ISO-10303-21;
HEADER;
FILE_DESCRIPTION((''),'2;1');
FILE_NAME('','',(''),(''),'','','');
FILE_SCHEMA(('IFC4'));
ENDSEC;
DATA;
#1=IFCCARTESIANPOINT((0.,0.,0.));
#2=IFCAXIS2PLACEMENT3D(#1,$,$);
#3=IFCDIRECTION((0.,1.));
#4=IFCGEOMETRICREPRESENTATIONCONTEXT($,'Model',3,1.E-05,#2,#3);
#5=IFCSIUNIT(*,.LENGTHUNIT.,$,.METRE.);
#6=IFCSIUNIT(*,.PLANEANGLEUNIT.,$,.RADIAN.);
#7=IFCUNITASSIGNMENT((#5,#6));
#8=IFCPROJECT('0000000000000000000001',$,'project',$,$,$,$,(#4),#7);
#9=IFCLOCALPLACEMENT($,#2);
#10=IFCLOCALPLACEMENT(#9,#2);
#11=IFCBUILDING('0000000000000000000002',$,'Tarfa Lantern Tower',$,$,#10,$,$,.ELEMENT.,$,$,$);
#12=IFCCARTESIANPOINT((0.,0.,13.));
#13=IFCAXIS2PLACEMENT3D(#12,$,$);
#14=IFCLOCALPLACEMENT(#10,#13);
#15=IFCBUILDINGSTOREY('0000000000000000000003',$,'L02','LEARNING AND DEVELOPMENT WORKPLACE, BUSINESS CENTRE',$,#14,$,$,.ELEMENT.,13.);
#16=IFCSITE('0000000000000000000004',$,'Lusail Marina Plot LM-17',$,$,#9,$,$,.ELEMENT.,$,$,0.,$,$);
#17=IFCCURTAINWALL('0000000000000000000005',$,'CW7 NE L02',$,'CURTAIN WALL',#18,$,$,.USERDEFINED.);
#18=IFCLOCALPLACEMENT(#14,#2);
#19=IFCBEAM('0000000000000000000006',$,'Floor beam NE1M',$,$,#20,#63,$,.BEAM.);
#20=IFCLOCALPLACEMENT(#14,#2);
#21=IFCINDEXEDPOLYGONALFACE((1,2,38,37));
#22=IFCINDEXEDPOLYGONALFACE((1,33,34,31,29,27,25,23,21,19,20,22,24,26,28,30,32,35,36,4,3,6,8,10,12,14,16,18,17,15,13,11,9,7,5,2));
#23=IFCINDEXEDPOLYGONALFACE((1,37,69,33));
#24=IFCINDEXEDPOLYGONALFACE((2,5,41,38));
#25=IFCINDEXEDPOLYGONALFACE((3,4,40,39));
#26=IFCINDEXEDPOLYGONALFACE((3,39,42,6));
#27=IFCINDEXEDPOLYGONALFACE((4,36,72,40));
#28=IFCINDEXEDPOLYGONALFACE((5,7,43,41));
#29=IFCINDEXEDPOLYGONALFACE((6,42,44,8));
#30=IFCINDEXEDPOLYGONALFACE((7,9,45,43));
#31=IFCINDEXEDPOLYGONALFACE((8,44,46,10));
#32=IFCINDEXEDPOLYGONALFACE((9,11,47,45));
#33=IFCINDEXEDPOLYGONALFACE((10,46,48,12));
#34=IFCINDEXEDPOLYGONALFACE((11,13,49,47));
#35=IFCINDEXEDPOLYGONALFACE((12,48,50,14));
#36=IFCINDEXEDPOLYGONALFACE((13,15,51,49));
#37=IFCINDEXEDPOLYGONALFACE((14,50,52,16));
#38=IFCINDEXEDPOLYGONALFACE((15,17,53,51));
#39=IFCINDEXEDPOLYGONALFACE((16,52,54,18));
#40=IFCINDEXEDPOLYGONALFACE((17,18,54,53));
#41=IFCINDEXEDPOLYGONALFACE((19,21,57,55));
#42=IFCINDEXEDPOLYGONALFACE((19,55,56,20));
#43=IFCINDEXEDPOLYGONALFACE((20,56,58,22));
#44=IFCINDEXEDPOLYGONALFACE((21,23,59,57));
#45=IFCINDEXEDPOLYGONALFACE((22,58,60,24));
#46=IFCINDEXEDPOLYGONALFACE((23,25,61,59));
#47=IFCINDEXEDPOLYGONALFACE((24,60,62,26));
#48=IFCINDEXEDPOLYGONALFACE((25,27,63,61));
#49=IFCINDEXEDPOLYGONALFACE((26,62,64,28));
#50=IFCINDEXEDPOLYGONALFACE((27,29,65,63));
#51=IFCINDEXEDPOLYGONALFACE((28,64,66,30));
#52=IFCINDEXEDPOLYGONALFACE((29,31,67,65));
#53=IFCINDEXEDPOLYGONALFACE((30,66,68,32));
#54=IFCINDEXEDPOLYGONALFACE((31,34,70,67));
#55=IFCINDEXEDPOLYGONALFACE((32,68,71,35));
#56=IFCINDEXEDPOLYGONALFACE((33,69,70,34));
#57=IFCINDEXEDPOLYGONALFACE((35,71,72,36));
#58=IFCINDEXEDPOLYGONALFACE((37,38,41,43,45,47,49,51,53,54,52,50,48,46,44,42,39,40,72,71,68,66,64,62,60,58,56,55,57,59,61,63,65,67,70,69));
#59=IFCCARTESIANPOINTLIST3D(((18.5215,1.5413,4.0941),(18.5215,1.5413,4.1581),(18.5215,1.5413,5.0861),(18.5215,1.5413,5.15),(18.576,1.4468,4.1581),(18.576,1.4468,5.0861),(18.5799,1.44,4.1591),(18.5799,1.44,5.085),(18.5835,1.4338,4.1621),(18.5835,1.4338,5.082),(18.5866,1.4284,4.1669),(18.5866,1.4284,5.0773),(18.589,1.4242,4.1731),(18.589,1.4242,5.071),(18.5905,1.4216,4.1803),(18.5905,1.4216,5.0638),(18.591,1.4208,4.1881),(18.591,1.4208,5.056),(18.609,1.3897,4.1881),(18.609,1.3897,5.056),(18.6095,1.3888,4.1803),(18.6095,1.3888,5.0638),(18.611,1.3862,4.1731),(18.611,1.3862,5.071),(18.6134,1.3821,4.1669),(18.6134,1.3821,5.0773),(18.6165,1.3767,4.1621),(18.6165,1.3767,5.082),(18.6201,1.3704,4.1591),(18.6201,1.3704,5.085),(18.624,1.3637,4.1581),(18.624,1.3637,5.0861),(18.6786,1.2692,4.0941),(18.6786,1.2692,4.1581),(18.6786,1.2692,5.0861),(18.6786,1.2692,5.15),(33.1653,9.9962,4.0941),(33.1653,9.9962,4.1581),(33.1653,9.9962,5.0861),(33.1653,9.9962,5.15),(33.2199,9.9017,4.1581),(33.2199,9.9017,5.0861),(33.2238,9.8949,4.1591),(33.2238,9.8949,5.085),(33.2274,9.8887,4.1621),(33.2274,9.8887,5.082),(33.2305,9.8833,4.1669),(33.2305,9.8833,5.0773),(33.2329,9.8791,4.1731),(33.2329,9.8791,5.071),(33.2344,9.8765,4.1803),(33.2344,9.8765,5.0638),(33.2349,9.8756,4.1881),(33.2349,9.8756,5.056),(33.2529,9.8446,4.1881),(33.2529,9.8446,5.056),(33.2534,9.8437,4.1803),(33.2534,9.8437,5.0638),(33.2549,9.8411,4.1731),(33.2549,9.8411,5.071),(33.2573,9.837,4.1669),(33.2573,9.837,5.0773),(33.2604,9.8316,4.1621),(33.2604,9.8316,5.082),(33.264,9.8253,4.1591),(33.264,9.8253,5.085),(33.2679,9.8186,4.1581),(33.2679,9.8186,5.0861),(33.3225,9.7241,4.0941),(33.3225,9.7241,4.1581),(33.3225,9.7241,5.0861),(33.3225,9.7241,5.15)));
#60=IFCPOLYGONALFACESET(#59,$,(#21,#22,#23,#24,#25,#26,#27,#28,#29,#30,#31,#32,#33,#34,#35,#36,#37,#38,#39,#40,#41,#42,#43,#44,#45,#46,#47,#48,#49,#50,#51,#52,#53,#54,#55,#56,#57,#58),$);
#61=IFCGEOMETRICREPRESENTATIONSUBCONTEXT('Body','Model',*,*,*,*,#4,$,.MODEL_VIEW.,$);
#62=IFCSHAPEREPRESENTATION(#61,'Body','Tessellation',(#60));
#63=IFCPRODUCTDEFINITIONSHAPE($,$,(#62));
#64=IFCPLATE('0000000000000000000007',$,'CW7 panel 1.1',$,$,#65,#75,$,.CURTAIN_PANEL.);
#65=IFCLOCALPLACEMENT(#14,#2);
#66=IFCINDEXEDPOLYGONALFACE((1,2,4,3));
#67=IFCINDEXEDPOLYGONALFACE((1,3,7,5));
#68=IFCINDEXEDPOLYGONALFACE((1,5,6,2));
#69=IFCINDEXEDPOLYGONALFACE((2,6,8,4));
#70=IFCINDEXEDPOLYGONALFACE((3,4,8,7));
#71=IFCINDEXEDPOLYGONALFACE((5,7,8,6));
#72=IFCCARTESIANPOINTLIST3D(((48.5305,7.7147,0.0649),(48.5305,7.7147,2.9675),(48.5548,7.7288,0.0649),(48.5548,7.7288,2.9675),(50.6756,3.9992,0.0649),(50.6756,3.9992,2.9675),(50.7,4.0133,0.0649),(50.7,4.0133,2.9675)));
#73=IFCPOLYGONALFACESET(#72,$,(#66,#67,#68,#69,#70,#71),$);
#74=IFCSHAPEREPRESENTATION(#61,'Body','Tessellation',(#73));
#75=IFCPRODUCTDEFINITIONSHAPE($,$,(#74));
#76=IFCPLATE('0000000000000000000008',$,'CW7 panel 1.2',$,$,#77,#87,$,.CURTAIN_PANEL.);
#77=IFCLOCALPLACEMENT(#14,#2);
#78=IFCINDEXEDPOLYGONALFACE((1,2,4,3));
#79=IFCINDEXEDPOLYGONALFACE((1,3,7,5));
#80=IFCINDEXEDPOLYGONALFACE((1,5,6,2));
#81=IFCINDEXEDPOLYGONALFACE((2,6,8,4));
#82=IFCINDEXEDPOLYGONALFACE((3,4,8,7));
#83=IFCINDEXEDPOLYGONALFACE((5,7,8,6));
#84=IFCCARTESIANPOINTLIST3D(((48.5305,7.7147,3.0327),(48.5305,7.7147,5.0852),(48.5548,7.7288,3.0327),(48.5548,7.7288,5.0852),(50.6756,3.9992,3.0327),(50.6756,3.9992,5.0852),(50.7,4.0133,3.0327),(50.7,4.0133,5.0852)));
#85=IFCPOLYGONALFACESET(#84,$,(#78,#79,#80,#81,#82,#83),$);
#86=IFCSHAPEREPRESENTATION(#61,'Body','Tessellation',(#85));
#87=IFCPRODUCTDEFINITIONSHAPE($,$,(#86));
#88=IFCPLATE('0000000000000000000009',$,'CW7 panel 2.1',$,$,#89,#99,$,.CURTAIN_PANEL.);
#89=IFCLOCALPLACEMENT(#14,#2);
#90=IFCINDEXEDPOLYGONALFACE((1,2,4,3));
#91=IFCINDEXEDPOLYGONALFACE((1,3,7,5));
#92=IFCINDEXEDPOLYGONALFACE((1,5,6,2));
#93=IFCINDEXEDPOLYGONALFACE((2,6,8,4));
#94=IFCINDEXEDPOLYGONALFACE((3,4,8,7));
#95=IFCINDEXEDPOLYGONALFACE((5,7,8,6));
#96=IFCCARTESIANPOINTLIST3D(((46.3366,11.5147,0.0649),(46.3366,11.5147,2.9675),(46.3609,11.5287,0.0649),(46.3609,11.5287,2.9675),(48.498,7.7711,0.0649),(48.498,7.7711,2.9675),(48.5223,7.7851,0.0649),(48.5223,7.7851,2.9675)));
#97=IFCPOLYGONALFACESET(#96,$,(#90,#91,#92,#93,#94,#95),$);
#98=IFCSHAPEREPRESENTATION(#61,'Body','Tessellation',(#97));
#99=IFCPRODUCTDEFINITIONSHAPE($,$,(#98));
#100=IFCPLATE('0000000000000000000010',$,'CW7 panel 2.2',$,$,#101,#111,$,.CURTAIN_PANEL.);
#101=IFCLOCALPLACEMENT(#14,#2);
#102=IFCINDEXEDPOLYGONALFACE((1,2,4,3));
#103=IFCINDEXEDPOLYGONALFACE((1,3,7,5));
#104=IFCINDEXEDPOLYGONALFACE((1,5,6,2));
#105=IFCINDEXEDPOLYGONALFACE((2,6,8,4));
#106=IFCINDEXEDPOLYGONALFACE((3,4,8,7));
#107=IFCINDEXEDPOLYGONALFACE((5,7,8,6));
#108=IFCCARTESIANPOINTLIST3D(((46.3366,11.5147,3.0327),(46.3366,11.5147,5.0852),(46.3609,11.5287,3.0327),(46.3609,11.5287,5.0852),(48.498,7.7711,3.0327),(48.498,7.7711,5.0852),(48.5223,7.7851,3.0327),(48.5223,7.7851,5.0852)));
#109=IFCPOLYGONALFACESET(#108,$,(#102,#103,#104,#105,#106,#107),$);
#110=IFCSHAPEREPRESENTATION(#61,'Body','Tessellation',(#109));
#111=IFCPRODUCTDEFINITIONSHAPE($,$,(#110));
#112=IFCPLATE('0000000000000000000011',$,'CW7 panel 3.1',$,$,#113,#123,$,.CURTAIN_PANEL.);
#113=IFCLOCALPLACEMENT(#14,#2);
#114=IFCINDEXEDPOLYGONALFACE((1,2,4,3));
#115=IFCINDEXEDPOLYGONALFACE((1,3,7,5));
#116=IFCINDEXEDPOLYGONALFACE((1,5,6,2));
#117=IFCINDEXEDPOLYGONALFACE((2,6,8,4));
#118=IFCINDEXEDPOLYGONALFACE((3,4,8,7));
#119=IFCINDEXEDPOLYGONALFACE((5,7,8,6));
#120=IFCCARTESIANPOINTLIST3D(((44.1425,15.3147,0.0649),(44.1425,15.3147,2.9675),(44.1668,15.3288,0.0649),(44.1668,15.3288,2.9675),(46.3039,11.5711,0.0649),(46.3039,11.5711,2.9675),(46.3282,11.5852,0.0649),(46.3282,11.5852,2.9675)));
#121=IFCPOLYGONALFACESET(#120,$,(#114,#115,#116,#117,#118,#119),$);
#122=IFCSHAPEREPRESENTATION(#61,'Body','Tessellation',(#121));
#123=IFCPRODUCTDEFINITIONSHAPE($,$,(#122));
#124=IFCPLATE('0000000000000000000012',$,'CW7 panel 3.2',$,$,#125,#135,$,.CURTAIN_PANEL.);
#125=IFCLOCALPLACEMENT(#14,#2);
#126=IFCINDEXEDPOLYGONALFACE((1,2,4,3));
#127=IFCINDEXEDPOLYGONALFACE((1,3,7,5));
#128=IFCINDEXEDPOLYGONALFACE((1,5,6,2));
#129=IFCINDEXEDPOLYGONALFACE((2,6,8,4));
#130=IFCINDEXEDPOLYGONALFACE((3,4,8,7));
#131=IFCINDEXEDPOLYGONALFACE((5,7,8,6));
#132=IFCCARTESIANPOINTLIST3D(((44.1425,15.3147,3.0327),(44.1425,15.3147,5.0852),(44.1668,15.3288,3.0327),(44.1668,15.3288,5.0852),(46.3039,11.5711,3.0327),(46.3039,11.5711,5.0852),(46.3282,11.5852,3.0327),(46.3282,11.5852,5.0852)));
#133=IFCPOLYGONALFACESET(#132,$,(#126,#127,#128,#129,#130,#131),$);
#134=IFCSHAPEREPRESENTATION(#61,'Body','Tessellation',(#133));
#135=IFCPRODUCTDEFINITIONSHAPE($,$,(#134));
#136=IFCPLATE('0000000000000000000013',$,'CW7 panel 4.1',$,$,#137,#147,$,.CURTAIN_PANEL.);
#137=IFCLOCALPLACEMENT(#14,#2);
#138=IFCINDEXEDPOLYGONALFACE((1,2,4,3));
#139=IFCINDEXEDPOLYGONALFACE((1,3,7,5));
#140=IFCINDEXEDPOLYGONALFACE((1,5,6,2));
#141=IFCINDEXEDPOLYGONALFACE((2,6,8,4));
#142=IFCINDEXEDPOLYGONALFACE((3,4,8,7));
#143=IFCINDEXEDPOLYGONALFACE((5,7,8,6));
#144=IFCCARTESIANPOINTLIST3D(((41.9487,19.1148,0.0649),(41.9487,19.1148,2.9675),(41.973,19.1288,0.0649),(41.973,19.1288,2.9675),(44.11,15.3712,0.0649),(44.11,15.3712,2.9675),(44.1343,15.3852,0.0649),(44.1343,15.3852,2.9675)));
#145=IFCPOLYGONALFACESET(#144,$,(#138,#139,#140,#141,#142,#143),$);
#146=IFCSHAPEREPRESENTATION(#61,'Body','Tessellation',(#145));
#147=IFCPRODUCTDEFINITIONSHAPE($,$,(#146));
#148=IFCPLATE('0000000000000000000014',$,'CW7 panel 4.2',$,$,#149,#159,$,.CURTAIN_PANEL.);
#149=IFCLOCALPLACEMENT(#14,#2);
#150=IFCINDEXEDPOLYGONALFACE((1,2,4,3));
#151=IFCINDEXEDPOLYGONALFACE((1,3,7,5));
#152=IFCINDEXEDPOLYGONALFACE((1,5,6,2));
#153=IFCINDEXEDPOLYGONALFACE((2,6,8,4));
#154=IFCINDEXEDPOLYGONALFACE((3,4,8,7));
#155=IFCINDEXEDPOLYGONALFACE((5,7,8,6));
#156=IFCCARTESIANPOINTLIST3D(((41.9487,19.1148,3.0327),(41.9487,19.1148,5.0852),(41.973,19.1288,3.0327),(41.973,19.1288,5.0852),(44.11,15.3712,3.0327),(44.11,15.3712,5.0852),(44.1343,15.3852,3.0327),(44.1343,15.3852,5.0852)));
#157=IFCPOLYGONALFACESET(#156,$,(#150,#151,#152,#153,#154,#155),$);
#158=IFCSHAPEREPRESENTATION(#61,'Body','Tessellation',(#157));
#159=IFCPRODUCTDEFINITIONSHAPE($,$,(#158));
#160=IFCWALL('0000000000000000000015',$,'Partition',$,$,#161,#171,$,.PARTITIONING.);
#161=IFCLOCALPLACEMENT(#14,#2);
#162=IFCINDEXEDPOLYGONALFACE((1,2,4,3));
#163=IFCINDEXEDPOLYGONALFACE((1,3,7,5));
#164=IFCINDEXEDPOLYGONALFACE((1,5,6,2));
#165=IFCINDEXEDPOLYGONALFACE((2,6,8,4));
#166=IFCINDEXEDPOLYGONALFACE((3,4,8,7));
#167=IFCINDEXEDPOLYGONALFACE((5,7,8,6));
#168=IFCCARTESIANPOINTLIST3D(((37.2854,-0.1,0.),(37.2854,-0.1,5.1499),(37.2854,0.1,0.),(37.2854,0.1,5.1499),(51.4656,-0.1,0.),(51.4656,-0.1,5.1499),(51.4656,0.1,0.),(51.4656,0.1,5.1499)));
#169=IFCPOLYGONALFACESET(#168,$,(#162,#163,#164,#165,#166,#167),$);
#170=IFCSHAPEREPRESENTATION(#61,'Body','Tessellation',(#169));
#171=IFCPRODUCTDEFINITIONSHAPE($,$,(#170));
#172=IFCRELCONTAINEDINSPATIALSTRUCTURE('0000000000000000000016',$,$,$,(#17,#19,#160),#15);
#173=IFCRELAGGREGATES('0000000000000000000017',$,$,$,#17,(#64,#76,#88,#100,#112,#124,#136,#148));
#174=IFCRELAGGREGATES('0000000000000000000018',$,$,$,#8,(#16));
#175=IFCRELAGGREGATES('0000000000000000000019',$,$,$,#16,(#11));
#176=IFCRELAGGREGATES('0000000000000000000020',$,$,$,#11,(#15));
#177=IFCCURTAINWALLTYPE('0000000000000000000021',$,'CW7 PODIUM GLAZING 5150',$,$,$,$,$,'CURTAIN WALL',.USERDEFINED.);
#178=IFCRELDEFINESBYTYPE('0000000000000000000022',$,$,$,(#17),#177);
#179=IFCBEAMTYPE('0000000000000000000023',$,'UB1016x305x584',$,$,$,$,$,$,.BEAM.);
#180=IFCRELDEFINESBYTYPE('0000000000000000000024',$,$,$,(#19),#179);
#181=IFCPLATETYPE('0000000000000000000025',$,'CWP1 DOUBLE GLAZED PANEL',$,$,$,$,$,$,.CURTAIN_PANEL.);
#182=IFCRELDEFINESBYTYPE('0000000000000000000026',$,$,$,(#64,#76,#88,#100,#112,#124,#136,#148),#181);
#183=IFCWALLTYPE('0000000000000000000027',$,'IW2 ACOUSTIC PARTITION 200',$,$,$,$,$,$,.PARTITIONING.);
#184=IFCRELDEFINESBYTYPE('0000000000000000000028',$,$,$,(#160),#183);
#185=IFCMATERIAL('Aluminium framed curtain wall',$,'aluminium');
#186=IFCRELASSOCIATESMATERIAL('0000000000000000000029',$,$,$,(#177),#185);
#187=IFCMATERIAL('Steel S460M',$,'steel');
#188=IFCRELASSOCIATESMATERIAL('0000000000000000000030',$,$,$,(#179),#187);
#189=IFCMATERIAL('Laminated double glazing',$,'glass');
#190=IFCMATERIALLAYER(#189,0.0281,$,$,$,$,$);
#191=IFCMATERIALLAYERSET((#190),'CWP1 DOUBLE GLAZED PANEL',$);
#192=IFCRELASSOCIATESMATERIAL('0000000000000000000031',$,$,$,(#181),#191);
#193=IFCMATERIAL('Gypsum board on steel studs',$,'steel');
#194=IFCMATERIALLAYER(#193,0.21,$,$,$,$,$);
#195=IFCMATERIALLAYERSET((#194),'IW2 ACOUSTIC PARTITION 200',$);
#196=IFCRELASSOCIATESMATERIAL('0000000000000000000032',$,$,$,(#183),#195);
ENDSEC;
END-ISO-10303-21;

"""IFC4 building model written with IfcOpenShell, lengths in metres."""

from ifc_helpers import new_model, si_unit, direction, frame, frame_2d, origin, origin_2d, place, context, subcontext, project, spatial, rectangle, i_section, extrude, material, layer, layer_set, material_profile, profile_set, type_object, element, aggregate, save


model = new_model("IFC4")

# Units and contexts
model_context = context("Model", 3, precision=1e-05, world=origin(), true_north=direction((0.0, 1.0)))
body_context = subcontext(model_context, "Body", "Model", "MODEL_VIEW")
ifc_project = project(units=[si_unit("LENGTHUNIT", "METRE"), si_unit("PLANEANGLEUNIT", "RADIAN")], contexts=[model_context])

# Site, building, storey
site_placement = place(None, origin())
site = spatial("IfcSite", under=ifc_project, at=site_placement, Name="Lusail Marina Plot LM-17", CompositionType="ELEMENT", RefElevation=0.0)
building_placement = place(site_placement, origin())
building = spatial("IfcBuilding", under=site, at=building_placement, Name="Tarfa Lantern Tower", CompositionType="ELEMENT")
storey_placement = place(building_placement, frame((0.0, 0.0, 13.0)))
storey = spatial("IfcBuildingStorey", under=building, at=storey_placement, Name="L02", Description="LEARNING AND DEVELOPMENT WORKPLACE, BUSINESS CENTRE", CompositionType="ELEMENT", Elevation=13.0)

# Curtain wall
ifc_material_1 = material(Name="Aluminium framed curtain wall", Category="aluminium")
curtain_wall_type = type_object("IfcCurtainWallType", Name="CW7 PODIUM GLAZING 5150", ElementType="CURTAIN WALL", PredefinedType="USERDEFINED", material=ifc_material_1)
curtain_wall_placement = place(storey_placement, origin())
curtain_wall = element("IfcCurtainWall", 1, at=curtain_wall_placement, inside=storey, type_object=curtain_wall_type, Name="CW7 NE L02", ObjectType="CURTAIN WALL", PredefinedType="USERDEFINED")

# Beam
ifc_material_2 = material(Name="Steel S460M", Category="steel")
ifc_material_profile_1 = material_profile(ifc_material_2, i_section(OverallWidth=0.3142, OverallDepth=1.0559, WebThickness=0.0359, FlangeThickness=0.064, FilletRadius=0.03, at=origin_2d()), Name="UB1016x305x584")
ifc_profile_set_1 = profile_set([ifc_material_profile_1], Name="Steel S460M")
beam_type_1 = type_object("IfcBeamType", Name="UB1016x305x584", PredefinedType="BEAM", material=ifc_profile_set_1)
beam_1_placement = place(storey_placement, frame((33.2439, 9.8601, 4.6221), z_axis=(-0.866019, -0.50001, 0.0), x_axis=(0.50001, -0.866019, 0.0)))
element("IfcBeam", 2, at=beam_1_placement, inside=storey, type_object=beam_type_1, Name="Floor beam NE1M", PredefinedType="BEAM", context=body_context, shape_type="SweptSolid", body=[
    extrude(i_section(OverallWidth=0.3142, OverallDepth=1.0559, WebThickness=0.0359, FlangeThickness=0.064, FilletRadius=0.03, at=origin_2d()), origin(), (0.0, 0.0, 1.0), 16.9094),
])

# Plates
ifc_material_3 = material(Name="Laminated double glazing", Category="glass")
ifc_layer_1 = layer(ifc_material_3, 0.0281)
ifc_layer_set_1 = layer_set([ifc_layer_1], Name="CWP1 DOUBLE GLAZED PANEL")
plate_type = type_object("IfcPlateType", Name="CWP1 DOUBLE GLAZED PANEL", PredefinedType="CURTAIN_PANEL", material=ifc_layer_set_1)
plate_1_placement = place(storey_placement, frame((49.6152, 5.864, 0.0649), z_axis=(0.0, 0.0, 1.0), x_axis=(-0.5, 0.866025, 0.0)))
plate_1 = element("IfcPlate", 3, at=plate_1_placement, type_object=plate_type, Name="CW7 panel 1.1", PredefinedType="CURTAIN_PANEL", context=body_context, shape_type="SweptSolid", body=[
    extrude(rectangle(XDim=4.2903, YDim=0.0281, at=origin_2d()), origin(), (0.0, 0.0, 1.0), 2.9026),
])
plate_2_placement = place(storey_placement, frame((49.6152, 5.864, 3.0327), z_axis=(0.0, 0.0, 1.0), x_axis=(-0.5, 0.866025, 0.0)))
plate_2 = element("IfcPlate", 4, at=plate_2_placement, type_object=plate_type, Name="CW7 panel 1.2", PredefinedType="CURTAIN_PANEL", context=body_context, shape_type="SweptSolid", body=[
    extrude(rectangle(XDim=4.2903, YDim=0.0281, at=origin_2d()), origin(), (0.0, 0.0, 1.0), 2.0525),
])
plate_3_placement = place(storey_placement, frame((47.4294, 9.6499, 0.0649), z_axis=(0.0, 0.0, 1.0), x_axis=(-0.5, 0.866025, 0.0)))
plate_3 = element("IfcPlate", 5, at=plate_3_placement, type_object=plate_type, Name="CW7 panel 2.1", PredefinedType="CURTAIN_PANEL", context=body_context, shape_type="SweptSolid", body=[
    extrude(rectangle(XDim=4.3228, YDim=0.0281, at=origin_2d()), origin(), (0.0, 0.0, 1.0), 2.9026),
])
plate_4_placement = place(storey_placement, frame((47.4294, 9.6499, 3.0327), z_axis=(0.0, 0.0, 1.0), x_axis=(-0.5, 0.866025, 0.0)))
plate_4 = element("IfcPlate", 6, at=plate_4_placement, type_object=plate_type, Name="CW7 panel 2.2", PredefinedType="CURTAIN_PANEL", context=body_context, shape_type="SweptSolid", body=[
    extrude(rectangle(XDim=4.3228, YDim=0.0281, at=origin_2d()), origin(), (0.0, 0.0, 1.0), 2.0525),
])
plate_5_placement = place(storey_placement, frame((45.2354, 13.45, 0.0649), z_axis=(0.0, 0.0, 1.0), x_axis=(-0.5, 0.866025, 0.0)))
plate_5 = element("IfcPlate", 7, at=plate_5_placement, type_object=plate_type, Name="CW7 panel 3.1", PredefinedType="CURTAIN_PANEL", context=body_context, shape_type="SweptSolid", body=[
    extrude(rectangle(XDim=4.3228, YDim=0.0281, at=origin_2d()), origin(), (0.0, 0.0, 1.0), 2.9026),
])
plate_6_placement = place(storey_placement, frame((45.2354, 13.45, 3.0327), z_axis=(0.0, 0.0, 1.0), x_axis=(-0.5, 0.866025, 0.0)))
plate_6 = element("IfcPlate", 8, at=plate_6_placement, type_object=plate_type, Name="CW7 panel 3.2", PredefinedType="CURTAIN_PANEL", context=body_context, shape_type="SweptSolid", body=[
    extrude(rectangle(XDim=4.3228, YDim=0.0281, at=origin_2d()), origin(), (0.0, 0.0, 1.0), 2.0525),
])
plate_7_placement = place(storey_placement, frame((43.0415, 17.25, 0.0649), z_axis=(0.0, 0.0, 1.0), x_axis=(-0.5, 0.866025, 0.0)))
plate_7 = element("IfcPlate", 9, at=plate_7_placement, type_object=plate_type, Name="CW7 panel 4.1", PredefinedType="CURTAIN_PANEL", context=body_context, shape_type="SweptSolid", body=[
    extrude(rectangle(XDim=4.3228, YDim=0.0281, at=origin_2d()), origin(), (0.0, 0.0, 1.0), 2.9026),
])
plate_8_placement = place(storey_placement, frame((43.0415, 17.25, 3.0327), z_axis=(0.0, 0.0, 1.0), x_axis=(-0.5, 0.866025, 0.0)))
plate_8 = element("IfcPlate", 10, at=plate_8_placement, type_object=plate_type, Name="CW7 panel 4.2", PredefinedType="CURTAIN_PANEL", context=body_context, shape_type="SweptSolid", body=[
    extrude(rectangle(XDim=4.3228, YDim=0.0281, at=origin_2d()), origin(), (0.0, 0.0, 1.0), 2.0525),
])
aggregate(curtain_wall, [plate_1, plate_2, plate_3, plate_4, plate_5, plate_6, plate_7, plate_8])

# Wall
ifc_material_4 = material(Name="Gypsum board on steel studs", Category="steel")
ifc_layer_2 = layer(ifc_material_4, 0.21)
ifc_layer_set_2 = layer_set([ifc_layer_2], Name="IW2 ACOUSTIC PARTITION 200")
wall_type = type_object("IfcWallType", Name="IW2 ACOUSTIC PARTITION 200", PredefinedType="PARTITIONING", material=ifc_layer_set_2)
wall_placement = place(storey_placement, frame((37.2854, 0.0, 0.0), z_axis=(0.0, 0.0, 1.0), x_axis=(1.0, 0.0, 0.0)))
element("IfcWall", 11, at=wall_placement, inside=storey, type_object=wall_type, Name="Partition", PredefinedType="PARTITIONING", context=body_context, shape_type="SweptSolid", body=[
    extrude(rectangle(XDim=14.1802, YDim=0.2, at=frame_2d((7.0901, 0.0))), origin(), (0.0, 0.0, 1.0), 5.1499),
])

save(model, "model.ifc")
